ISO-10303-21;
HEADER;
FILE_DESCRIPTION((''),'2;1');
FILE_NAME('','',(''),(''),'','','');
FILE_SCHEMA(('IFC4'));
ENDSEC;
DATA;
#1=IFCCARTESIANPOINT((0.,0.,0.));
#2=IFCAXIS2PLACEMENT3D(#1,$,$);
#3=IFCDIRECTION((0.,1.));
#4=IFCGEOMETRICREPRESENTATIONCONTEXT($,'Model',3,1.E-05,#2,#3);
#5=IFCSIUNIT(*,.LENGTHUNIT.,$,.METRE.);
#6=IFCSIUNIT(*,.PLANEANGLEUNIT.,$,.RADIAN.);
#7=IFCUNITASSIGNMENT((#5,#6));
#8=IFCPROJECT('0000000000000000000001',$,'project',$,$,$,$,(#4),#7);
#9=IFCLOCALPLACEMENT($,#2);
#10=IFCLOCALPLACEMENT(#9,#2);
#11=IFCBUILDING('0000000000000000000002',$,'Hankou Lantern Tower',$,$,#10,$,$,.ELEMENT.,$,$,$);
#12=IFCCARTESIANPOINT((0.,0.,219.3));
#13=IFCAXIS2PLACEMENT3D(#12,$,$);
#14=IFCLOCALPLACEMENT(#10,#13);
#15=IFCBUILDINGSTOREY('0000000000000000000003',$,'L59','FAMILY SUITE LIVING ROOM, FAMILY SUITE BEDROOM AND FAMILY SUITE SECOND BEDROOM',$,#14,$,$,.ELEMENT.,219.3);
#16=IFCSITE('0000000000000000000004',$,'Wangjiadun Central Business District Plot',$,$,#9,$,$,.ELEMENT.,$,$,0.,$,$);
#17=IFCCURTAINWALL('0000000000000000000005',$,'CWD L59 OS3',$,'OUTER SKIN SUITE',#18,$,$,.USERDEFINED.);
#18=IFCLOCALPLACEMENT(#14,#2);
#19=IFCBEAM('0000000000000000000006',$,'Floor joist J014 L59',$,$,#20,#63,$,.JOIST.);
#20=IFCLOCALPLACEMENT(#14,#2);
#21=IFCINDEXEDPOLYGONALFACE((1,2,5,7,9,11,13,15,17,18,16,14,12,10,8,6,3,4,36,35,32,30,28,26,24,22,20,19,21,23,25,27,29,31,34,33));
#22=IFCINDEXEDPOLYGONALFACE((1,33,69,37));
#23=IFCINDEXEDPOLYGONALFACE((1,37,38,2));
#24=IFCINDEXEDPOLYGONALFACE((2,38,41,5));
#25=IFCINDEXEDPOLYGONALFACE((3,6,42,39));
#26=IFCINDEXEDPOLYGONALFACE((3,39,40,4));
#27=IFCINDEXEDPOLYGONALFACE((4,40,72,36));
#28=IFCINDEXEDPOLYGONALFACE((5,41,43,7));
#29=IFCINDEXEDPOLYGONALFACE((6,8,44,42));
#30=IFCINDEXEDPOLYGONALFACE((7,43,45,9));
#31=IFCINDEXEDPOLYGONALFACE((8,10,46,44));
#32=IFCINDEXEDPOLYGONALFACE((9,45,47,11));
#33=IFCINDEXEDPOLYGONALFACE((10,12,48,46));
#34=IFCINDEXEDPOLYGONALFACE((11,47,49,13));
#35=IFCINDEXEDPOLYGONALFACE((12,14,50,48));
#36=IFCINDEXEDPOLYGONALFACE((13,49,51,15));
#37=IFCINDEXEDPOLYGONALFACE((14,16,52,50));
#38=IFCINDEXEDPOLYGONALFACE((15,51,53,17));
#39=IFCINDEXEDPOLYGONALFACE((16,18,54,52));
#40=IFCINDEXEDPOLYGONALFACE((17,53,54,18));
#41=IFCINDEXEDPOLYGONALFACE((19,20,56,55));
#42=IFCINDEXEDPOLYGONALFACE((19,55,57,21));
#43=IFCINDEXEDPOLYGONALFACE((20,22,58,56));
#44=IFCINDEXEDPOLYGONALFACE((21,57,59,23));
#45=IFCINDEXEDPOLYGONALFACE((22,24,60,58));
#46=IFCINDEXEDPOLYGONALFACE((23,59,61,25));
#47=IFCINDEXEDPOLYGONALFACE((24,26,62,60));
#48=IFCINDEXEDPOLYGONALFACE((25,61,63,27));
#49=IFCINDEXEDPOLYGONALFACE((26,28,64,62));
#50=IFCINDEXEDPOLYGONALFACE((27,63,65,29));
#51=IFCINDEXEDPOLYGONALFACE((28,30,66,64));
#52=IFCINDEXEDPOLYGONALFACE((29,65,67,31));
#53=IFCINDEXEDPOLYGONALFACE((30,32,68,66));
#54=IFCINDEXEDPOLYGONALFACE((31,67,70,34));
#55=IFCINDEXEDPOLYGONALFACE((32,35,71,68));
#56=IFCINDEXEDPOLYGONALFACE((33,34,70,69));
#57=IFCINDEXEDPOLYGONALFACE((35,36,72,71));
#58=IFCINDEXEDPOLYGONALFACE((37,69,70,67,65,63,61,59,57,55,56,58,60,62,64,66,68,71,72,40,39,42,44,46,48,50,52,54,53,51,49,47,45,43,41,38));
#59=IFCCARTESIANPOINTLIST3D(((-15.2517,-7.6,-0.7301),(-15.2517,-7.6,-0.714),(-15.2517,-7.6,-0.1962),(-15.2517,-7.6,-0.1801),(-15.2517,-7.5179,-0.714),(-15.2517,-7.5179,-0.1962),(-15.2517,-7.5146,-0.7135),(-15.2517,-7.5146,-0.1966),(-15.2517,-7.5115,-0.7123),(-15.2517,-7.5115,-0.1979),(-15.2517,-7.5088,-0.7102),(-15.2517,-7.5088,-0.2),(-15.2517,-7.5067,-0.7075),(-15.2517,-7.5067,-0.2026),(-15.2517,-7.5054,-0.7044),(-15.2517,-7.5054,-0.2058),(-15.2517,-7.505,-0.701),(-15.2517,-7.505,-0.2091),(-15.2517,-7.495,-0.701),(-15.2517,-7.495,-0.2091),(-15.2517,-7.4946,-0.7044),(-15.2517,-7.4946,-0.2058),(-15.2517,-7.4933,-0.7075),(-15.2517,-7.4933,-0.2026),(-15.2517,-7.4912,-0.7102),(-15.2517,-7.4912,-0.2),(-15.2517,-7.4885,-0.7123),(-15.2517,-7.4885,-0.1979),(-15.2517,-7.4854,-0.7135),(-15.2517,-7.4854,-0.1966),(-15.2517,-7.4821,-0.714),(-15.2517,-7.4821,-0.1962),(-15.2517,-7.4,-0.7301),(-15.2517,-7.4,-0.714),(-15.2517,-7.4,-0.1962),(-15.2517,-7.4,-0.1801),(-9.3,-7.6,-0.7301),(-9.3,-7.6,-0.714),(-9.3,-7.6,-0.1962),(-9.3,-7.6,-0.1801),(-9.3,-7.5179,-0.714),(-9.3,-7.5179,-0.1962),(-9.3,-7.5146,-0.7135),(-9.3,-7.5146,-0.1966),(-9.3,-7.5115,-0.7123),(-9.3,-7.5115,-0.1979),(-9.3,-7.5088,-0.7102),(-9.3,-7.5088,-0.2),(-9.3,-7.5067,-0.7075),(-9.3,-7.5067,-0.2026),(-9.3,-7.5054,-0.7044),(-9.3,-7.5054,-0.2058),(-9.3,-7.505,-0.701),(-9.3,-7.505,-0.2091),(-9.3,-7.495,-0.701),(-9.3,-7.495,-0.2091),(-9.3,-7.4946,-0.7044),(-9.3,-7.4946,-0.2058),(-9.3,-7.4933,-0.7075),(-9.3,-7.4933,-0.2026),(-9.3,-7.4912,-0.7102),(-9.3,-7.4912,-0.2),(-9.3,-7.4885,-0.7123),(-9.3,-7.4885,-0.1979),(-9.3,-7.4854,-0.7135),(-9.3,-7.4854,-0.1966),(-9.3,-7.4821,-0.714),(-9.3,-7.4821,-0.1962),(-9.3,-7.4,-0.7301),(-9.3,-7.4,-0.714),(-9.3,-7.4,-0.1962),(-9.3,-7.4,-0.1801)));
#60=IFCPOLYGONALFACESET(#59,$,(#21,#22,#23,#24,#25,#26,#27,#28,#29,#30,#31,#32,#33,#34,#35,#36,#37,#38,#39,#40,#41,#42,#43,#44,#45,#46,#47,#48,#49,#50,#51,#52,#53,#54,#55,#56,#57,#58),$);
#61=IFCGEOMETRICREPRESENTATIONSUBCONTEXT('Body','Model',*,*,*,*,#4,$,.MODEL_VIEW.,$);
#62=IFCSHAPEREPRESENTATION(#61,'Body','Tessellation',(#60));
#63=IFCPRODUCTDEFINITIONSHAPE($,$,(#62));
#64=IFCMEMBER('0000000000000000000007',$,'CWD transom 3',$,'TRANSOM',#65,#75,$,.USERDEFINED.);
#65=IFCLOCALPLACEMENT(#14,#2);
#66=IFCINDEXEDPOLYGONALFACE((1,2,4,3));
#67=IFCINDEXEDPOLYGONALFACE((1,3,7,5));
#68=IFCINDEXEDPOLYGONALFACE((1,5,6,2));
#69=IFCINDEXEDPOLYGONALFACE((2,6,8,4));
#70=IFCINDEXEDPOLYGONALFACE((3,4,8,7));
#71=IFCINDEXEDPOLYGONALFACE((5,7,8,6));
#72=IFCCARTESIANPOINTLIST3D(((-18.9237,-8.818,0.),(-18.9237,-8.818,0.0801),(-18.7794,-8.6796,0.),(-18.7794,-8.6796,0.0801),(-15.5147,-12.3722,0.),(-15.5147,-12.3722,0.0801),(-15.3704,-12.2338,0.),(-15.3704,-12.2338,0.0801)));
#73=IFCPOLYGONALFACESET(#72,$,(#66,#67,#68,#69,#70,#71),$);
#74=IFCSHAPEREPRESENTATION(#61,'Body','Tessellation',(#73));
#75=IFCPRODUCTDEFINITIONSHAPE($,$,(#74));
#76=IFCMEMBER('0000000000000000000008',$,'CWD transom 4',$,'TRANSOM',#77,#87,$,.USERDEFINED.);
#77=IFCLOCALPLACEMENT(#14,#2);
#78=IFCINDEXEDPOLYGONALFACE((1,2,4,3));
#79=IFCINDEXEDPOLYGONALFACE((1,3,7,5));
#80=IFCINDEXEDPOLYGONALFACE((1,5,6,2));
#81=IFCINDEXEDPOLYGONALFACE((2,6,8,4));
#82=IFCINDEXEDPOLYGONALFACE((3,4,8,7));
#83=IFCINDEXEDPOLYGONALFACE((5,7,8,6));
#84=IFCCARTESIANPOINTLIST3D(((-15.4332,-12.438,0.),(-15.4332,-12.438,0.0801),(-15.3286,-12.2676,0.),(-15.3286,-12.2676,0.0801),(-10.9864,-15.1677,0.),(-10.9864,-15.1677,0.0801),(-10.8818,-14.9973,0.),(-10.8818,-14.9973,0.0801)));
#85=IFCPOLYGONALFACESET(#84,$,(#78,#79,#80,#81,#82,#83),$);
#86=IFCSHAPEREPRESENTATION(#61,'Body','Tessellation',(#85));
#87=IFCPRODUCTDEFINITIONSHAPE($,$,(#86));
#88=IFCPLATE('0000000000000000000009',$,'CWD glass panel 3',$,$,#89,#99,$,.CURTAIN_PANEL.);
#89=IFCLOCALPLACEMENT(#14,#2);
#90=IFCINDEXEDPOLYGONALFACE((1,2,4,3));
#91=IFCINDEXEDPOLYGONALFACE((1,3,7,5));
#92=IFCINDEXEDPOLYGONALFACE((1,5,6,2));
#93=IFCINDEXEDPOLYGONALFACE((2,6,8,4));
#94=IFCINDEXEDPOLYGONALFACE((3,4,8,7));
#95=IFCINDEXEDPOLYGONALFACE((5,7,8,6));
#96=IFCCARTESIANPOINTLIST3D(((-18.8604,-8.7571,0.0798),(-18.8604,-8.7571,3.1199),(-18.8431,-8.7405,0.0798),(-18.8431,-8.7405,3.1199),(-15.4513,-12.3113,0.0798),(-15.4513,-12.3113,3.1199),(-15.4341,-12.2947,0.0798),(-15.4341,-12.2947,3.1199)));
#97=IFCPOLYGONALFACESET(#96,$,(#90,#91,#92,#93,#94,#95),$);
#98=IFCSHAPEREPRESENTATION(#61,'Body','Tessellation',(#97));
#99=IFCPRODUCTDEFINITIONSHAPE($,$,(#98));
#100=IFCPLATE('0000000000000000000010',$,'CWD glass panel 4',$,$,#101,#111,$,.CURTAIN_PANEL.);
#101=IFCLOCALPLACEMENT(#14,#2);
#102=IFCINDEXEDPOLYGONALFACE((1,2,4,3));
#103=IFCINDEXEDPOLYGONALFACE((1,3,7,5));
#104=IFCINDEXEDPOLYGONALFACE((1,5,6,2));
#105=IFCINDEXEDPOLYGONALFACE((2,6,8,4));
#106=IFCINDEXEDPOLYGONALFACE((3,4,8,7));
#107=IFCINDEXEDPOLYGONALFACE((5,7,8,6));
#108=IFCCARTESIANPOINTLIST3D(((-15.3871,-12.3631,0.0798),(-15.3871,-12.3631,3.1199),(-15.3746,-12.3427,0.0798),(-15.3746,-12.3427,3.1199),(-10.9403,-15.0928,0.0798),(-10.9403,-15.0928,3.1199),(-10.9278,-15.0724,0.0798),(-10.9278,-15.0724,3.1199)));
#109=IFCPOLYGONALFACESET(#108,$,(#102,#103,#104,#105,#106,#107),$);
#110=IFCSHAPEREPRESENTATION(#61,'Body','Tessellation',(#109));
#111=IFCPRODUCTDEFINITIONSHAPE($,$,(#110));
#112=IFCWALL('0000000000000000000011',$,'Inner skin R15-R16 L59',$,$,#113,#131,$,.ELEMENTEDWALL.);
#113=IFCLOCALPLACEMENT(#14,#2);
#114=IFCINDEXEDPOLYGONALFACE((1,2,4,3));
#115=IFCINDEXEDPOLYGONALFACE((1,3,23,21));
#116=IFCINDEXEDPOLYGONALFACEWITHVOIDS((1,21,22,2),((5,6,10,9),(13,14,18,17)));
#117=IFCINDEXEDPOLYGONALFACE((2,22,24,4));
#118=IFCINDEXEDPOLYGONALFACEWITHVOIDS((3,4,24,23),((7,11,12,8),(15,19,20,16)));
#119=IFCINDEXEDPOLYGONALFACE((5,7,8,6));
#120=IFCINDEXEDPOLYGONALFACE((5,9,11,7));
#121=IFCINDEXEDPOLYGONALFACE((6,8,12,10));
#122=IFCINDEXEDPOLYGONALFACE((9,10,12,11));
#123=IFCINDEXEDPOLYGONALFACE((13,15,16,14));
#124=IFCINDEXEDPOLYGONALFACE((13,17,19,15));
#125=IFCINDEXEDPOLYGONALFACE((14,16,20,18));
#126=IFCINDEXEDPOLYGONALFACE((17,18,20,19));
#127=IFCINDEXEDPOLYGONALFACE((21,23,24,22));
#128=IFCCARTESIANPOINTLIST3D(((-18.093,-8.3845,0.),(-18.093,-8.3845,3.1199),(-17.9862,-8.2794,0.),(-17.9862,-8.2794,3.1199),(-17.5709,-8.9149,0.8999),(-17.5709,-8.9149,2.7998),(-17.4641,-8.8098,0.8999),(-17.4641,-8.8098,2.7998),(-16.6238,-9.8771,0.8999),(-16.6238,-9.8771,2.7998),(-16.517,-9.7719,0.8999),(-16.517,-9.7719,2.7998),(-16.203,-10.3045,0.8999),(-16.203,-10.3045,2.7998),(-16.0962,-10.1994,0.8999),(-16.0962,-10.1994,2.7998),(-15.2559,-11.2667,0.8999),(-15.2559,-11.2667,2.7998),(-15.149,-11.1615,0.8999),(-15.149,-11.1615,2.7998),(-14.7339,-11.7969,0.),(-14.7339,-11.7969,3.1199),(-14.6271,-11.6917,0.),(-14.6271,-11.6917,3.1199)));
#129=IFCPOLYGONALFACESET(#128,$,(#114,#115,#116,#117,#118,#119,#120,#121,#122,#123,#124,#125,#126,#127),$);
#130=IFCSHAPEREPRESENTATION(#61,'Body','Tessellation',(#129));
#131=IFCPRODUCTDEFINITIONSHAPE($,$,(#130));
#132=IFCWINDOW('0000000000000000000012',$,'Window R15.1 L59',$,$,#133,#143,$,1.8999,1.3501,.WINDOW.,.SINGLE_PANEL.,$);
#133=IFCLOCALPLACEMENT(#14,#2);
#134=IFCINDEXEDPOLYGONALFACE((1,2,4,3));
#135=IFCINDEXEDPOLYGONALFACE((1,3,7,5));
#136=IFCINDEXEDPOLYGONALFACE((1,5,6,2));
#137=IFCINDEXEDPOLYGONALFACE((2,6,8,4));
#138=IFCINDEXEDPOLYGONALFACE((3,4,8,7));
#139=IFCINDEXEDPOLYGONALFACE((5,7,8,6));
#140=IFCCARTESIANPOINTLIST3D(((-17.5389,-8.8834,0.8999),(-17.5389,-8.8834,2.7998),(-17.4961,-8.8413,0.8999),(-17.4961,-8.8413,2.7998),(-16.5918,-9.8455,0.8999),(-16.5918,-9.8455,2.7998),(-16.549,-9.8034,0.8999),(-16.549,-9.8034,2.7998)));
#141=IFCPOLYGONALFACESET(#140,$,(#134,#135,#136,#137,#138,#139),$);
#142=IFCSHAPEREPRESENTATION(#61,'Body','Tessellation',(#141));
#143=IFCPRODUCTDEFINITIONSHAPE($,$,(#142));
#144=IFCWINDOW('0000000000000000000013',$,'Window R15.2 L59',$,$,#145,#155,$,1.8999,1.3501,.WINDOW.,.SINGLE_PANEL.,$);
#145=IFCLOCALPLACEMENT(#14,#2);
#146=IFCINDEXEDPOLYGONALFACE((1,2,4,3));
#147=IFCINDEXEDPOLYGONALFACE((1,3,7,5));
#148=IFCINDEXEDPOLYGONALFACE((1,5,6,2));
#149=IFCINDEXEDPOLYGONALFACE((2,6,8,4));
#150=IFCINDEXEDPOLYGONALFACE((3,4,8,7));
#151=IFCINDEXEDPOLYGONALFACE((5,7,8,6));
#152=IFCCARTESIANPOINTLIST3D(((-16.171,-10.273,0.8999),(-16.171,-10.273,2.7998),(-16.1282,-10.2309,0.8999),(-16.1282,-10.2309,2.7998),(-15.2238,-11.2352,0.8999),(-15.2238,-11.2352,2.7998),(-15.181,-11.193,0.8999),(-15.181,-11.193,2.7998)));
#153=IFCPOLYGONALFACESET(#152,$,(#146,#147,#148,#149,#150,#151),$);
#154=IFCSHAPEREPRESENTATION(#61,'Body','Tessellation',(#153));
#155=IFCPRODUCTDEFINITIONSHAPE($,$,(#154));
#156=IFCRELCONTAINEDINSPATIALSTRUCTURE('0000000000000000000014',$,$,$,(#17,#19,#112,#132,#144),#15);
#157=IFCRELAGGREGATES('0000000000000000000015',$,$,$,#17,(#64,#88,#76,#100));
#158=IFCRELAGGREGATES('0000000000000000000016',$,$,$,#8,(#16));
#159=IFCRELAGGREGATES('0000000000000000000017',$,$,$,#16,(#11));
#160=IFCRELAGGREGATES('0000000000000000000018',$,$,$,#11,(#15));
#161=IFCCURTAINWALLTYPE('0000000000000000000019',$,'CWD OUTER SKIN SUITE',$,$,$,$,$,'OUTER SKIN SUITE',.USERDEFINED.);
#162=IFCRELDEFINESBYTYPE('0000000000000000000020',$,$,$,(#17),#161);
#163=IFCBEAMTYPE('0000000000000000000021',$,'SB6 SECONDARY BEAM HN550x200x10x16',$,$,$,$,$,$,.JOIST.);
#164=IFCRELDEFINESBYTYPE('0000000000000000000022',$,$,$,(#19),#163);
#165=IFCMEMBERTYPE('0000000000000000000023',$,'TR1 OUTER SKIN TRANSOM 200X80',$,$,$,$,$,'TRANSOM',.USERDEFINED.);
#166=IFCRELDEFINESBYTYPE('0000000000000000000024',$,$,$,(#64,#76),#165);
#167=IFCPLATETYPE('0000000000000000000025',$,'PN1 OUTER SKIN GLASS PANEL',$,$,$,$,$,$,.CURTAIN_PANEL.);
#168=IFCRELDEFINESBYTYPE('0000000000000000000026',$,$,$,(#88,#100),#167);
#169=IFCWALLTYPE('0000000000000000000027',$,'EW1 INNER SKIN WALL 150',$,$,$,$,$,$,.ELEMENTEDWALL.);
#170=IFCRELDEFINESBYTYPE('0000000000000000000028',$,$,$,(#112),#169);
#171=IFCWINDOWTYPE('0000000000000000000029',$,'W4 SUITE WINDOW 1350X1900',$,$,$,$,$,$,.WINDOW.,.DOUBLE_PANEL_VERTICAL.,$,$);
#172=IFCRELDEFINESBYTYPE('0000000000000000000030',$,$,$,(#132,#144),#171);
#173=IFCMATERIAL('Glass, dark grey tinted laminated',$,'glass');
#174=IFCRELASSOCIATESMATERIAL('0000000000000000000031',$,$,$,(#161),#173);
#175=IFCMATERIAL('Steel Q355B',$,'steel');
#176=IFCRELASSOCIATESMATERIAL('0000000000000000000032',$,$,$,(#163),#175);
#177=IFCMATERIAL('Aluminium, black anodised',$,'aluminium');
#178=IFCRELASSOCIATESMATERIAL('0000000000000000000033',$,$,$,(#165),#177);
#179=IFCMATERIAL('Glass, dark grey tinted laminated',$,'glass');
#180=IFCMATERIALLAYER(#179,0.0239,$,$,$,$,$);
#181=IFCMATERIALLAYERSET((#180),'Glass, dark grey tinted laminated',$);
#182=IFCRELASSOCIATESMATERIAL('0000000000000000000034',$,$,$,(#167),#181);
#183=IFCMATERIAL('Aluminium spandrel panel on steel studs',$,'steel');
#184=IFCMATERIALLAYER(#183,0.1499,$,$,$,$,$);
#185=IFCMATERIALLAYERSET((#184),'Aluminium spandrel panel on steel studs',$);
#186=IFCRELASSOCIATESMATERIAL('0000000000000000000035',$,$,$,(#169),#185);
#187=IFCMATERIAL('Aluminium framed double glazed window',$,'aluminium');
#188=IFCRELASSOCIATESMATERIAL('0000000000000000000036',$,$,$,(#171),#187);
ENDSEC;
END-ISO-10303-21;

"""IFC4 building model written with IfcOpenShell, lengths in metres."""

from ifc_helpers import new_model, si_unit, direction, frame, frame_2d, origin, origin_2d, place, context, subcontext, project, spatial, rectangle, i_section, extrude, material, layer, layer_set, material_profile, profile_set, type_object, element, fill, aggregate, save


model = new_model("IFC4")

# Units and contexts
model_context = context("Model", 3, precision=1e-05, world=origin(), true_north=direction((0.0, 1.0)))
body_context = subcontext(model_context, "Body", "Model", "MODEL_VIEW")
ifc_project = project(units=[si_unit("LENGTHUNIT", "METRE"), si_unit("PLANEANGLEUNIT", "RADIAN")], contexts=[model_context])

# Site, building, storey
site_placement = place(None, origin())
site = spatial("IfcSite", under=ifc_project, at=site_placement, Name="Wangjiadun Central Business District Plot", CompositionType="ELEMENT", RefElevation=0.0)
building_placement = place(site_placement, origin())
building = spatial("IfcBuilding", under=site, at=building_placement, Name="Hankou Lantern Tower", CompositionType="ELEMENT")
storey_placement = place(building_placement, frame((0.0, 0.0, 219.3)))
storey = spatial("IfcBuildingStorey", under=building, at=storey_placement, Name="L59", Description="FAMILY SUITE LIVING ROOM, FAMILY SUITE BEDROOM AND FAMILY SUITE SECOND BEDROOM", CompositionType="ELEMENT", Elevation=219.3)

# Curtain wall
ifc_material_1 = material(Name="Glass, dark grey tinted laminated", Category="glass")
curtain_wall_type = type_object("IfcCurtainWallType", Name="CWD OUTER SKIN SUITE", ElementType="OUTER SKIN SUITE", PredefinedType="USERDEFINED", material=ifc_material_1)
curtain_wall_placement = place(storey_placement, origin())
curtain_wall = element("IfcCurtainWall", 1, at=curtain_wall_placement, inside=storey, type_object=curtain_wall_type, Name="CWD L59 OS3", ObjectType="OUTER SKIN SUITE", PredefinedType="USERDEFINED")

# Beam
ifc_material_2 = material(Name="Steel Q355B", Category="steel")
ifc_material_profile_1 = material_profile(ifc_material_2, i_section(OverallWidth=0.2, OverallDepth=0.55, WebThickness=0.01, FlangeThickness=0.0161, FilletRadius=0.0129, at=origin_2d()), Name="HN550x200x10x16")
ifc_profile_set_1 = profile_set([ifc_material_profile_1], Name="Steel Q355B")
beam_type_1 = type_object("IfcBeamType", Name="SB6 SECONDARY BEAM HN550x200x10x16", PredefinedType="JOIST", material=ifc_profile_set_1)
beam_1_placement = place(storey_placement, frame((-15.2517, -7.5, -0.4551), z_axis=(1.0, 0.0, 0.0), x_axis=(0.0, 1.0, 0.0)))
element("IfcBeam", 2, at=beam_1_placement, inside=storey, type_object=beam_type_1, Name="Floor joist J014 L59", PredefinedType="JOIST", context=body_context, shape_type="SweptSolid", body=[
    extrude(i_section(OverallWidth=0.2, OverallDepth=0.55, WebThickness=0.01, FlangeThickness=0.0161, FilletRadius=0.0129, at=origin_2d()), origin(), (0.0, 0.0, 1.0), 5.9517),
])

# Members
ifc_material_3 = material(Name="Aluminium, black anodised", Category="aluminium")
ifc_material_profile_2 = material_profile(ifc_material_3, rectangle(XDim=0.2, YDim=0.0801, at=origin_2d()), Name="TR1 200X80")
ifc_profile_set_2 = profile_set([ifc_material_profile_2], Name="Aluminium, black anodised")
member_type_1 = type_object("IfcMemberType", Name="TR1 OUTER SKIN TRANSOM 200X80", ElementType="TRANSOM", PredefinedType="USERDEFINED", material=ifc_profile_set_2)
member_1_placement = place(storey_placement, frame((-18.8516, -8.7488, 0.04), z_axis=(0.692205, -0.721701, 0.0), x_axis=(0.721701, 0.692205, 0.0)))
member_1 = element("IfcMember", 3, at=member_1_placement, type_object=member_type_1, Name="CWD transom 3", ObjectType="TRANSOM", PredefinedType="USERDEFINED", context=body_context, shape_type="SweptSolid", body=[
    extrude(rectangle(XDim=0.2, YDim=0.0801, at=origin_2d()), origin(), (0.0, 0.0, 1.0), 4.9248),
])
member_2_placement = place(storey_placement, frame((-15.3809, -12.3528, 0.04), z_axis=(0.852235, -0.52316, 0.0), x_axis=(0.52316, 0.852235, 0.0)))
member_2 = element("IfcMember", 4, at=member_2_placement, type_object=member_type_1, Name="CWD transom 4", ObjectType="TRANSOM", PredefinedType="USERDEFINED", context=body_context, shape_type="SweptSolid", body=[
    extrude(rectangle(XDim=0.2, YDim=0.0801, at=origin_2d()), origin(), (0.0, 0.0, 1.0), 5.2178),
])

# Plates
ifc_material_4 = material(Name="Glass, dark grey tinted laminated", Category="glass")
ifc_layer_1 = layer(ifc_material_4, 0.0239)
ifc_layer_set_1 = layer_set([ifc_layer_1], Name="Glass, dark grey tinted laminated")
plate_type = type_object("IfcPlateType", Name="PN1 OUTER SKIN GLASS PANEL", PredefinedType="CURTAIN_PANEL", material=ifc_layer_set_1)
plate_1_placement = place(storey_placement, frame((-17.1472, -10.5259, 0.0798), z_axis=(0.0, 0.0, 1.0), x_axis=(0.692216, -0.721691, 0.0)))
plate_1 = element("IfcPlate", 5, at=plate_1_placement, type_object=plate_type, Name="CWD glass panel 3", PredefinedType="CURTAIN_PANEL", context=body_context, shape_type="SweptSolid", body=[
    extrude(rectangle(XDim=4.9248, YDim=0.0239, at=origin_2d()), origin(), (0.0, 0.0, 1.0), 3.04),
])
plate_2_placement = place(storey_placement, frame((-13.1575, -13.7178, 0.0798), z_axis=(0.0, 0.0, 1.0), x_axis=(0.852237, -0.523156, 0.0)))
plate_2 = element("IfcPlate", 6, at=plate_2_placement, type_object=plate_type, Name="CWD glass panel 4", PredefinedType="CURTAIN_PANEL", context=body_context, shape_type="SweptSolid", body=[
    extrude(rectangle(XDim=5.2178, YDim=0.0239, at=origin_2d()), origin(), (0.0, 0.0, 1.0), 3.04),
])
aggregate(curtain_wall, [member_1, plate_1, member_2, plate_2])

# Wall, openings, windows
ifc_material_5 = material(Name="Aluminium spandrel panel on steel studs", Category="steel")
ifc_layer_2 = layer(ifc_material_5, 0.1499)
ifc_layer_set_2 = layer_set([ifc_layer_2], Name="Aluminium spandrel panel on steel studs")
wall_type_1 = type_object("IfcWallType", Name="EW1 INNER SKIN WALL 150", PredefinedType="ELEMENTEDWALL", material=ifc_layer_set_2)
wall_1_placement = place(storey_placement, frame((-18.0396, -8.332, 0.0), z_axis=(0.0, 0.0, 1.0), x_axis=(0.701527, -0.712643, 0.0)))
wall_1 = element("IfcWall", 7, at=wall_1_placement, inside=storey, type_object=wall_type_1, Name="Inner skin R15-R16 L59", PredefinedType="ELEMENTEDWALL", context=body_context, shape_type="SweptSolid", body=[
    extrude(rectangle(XDim=4.7883, YDim=0.1499, at=frame_2d((2.394, 0.0))), origin(), (0.0, 0.0, 1.0), 3.1199),
])
opening_1_placement = place(wall_1_placement, frame((0.7441, 0.0, 0.8999)))
opening_1 = element("IfcOpeningElement", 8, at=opening_1_placement, cuts=wall_1, PredefinedType="OPENING", context=body_context, shape_type="SweptSolid", body=[
    extrude(rectangle(XDim=1.3501, YDim=1.8999, at=frame_2d((0.675, 0.95))), frame((0.0, 0.085, 0.0), z_axis=(0.0, -1.0, 0.0), x_axis=(1.0, 0.0, 0.0)), (0.0, 0.0, 1.0), 0.1699),
])
opening_2_placement = place(wall_1_placement, frame((2.6941, 0.0, 0.8999)))
opening_2 = element("IfcOpeningElement", 9, at=opening_2_placement, cuts=wall_1, PredefinedType="OPENING", context=body_context, shape_type="SweptSolid", body=[
    extrude(rectangle(XDim=1.3501, YDim=1.8999, at=frame_2d((0.675, 0.95))), frame((0.0, 0.085, 0.0), z_axis=(0.0, -1.0, 0.0), x_axis=(1.0, 0.0, 0.0)), (0.0, 0.0, 1.0), 0.1699),
])
ifc_material_6 = material(Name="Aluminium framed double glazed window", Category="aluminium")
window_type = type_object("IfcWindowType", Name="W4 SUITE WINDOW 1350X1900", PartitioningType="DOUBLE_PANEL_VERTICAL", PredefinedType="WINDOW", material=ifc_material_6)
window_1_placement = place(opening_1_placement, origin())
window_1 = element("IfcWindow", 10, at=window_1_placement, inside=storey, type_object=window_type, Name="Window R15.1 L59", OverallHeight=1.8999, OverallWidth=1.3501, PartitioningType="SINGLE_PANEL", PredefinedType="WINDOW", context=body_context, shape_type="SweptSolid", body=[
    extrude(rectangle(XDim=1.3501, YDim=1.8999, at=frame_2d((0.675, 0.95))), frame((0.0, 0.03, 0.0), z_axis=(0.0, -1.0, 0.0), x_axis=(1.0, 0.0, 0.0)), (0.0, 0.0, 1.0), 0.0601),
])
fill(opening_1, window_1)
window_2_placement = place(opening_2_placement, origin())
window_2 = element("IfcWindow", 11, at=window_2_placement, inside=storey, type_object=window_type, Name="Window R15.2 L59", OverallHeight=1.8999, OverallWidth=1.3501, PartitioningType="SINGLE_PANEL", PredefinedType="WINDOW", context=body_context, shape_type="SweptSolid", body=[
    extrude(rectangle(XDim=1.3501, YDim=1.8999, at=frame_2d((0.675, 0.95))), frame((0.0, 0.03, 0.0), z_axis=(0.0, -1.0, 0.0), x_axis=(1.0, 0.0, 0.0)), (0.0, 0.0, 1.0), 0.0601),
])
fill(opening_2, window_2)

save(model, "model.ifc")
